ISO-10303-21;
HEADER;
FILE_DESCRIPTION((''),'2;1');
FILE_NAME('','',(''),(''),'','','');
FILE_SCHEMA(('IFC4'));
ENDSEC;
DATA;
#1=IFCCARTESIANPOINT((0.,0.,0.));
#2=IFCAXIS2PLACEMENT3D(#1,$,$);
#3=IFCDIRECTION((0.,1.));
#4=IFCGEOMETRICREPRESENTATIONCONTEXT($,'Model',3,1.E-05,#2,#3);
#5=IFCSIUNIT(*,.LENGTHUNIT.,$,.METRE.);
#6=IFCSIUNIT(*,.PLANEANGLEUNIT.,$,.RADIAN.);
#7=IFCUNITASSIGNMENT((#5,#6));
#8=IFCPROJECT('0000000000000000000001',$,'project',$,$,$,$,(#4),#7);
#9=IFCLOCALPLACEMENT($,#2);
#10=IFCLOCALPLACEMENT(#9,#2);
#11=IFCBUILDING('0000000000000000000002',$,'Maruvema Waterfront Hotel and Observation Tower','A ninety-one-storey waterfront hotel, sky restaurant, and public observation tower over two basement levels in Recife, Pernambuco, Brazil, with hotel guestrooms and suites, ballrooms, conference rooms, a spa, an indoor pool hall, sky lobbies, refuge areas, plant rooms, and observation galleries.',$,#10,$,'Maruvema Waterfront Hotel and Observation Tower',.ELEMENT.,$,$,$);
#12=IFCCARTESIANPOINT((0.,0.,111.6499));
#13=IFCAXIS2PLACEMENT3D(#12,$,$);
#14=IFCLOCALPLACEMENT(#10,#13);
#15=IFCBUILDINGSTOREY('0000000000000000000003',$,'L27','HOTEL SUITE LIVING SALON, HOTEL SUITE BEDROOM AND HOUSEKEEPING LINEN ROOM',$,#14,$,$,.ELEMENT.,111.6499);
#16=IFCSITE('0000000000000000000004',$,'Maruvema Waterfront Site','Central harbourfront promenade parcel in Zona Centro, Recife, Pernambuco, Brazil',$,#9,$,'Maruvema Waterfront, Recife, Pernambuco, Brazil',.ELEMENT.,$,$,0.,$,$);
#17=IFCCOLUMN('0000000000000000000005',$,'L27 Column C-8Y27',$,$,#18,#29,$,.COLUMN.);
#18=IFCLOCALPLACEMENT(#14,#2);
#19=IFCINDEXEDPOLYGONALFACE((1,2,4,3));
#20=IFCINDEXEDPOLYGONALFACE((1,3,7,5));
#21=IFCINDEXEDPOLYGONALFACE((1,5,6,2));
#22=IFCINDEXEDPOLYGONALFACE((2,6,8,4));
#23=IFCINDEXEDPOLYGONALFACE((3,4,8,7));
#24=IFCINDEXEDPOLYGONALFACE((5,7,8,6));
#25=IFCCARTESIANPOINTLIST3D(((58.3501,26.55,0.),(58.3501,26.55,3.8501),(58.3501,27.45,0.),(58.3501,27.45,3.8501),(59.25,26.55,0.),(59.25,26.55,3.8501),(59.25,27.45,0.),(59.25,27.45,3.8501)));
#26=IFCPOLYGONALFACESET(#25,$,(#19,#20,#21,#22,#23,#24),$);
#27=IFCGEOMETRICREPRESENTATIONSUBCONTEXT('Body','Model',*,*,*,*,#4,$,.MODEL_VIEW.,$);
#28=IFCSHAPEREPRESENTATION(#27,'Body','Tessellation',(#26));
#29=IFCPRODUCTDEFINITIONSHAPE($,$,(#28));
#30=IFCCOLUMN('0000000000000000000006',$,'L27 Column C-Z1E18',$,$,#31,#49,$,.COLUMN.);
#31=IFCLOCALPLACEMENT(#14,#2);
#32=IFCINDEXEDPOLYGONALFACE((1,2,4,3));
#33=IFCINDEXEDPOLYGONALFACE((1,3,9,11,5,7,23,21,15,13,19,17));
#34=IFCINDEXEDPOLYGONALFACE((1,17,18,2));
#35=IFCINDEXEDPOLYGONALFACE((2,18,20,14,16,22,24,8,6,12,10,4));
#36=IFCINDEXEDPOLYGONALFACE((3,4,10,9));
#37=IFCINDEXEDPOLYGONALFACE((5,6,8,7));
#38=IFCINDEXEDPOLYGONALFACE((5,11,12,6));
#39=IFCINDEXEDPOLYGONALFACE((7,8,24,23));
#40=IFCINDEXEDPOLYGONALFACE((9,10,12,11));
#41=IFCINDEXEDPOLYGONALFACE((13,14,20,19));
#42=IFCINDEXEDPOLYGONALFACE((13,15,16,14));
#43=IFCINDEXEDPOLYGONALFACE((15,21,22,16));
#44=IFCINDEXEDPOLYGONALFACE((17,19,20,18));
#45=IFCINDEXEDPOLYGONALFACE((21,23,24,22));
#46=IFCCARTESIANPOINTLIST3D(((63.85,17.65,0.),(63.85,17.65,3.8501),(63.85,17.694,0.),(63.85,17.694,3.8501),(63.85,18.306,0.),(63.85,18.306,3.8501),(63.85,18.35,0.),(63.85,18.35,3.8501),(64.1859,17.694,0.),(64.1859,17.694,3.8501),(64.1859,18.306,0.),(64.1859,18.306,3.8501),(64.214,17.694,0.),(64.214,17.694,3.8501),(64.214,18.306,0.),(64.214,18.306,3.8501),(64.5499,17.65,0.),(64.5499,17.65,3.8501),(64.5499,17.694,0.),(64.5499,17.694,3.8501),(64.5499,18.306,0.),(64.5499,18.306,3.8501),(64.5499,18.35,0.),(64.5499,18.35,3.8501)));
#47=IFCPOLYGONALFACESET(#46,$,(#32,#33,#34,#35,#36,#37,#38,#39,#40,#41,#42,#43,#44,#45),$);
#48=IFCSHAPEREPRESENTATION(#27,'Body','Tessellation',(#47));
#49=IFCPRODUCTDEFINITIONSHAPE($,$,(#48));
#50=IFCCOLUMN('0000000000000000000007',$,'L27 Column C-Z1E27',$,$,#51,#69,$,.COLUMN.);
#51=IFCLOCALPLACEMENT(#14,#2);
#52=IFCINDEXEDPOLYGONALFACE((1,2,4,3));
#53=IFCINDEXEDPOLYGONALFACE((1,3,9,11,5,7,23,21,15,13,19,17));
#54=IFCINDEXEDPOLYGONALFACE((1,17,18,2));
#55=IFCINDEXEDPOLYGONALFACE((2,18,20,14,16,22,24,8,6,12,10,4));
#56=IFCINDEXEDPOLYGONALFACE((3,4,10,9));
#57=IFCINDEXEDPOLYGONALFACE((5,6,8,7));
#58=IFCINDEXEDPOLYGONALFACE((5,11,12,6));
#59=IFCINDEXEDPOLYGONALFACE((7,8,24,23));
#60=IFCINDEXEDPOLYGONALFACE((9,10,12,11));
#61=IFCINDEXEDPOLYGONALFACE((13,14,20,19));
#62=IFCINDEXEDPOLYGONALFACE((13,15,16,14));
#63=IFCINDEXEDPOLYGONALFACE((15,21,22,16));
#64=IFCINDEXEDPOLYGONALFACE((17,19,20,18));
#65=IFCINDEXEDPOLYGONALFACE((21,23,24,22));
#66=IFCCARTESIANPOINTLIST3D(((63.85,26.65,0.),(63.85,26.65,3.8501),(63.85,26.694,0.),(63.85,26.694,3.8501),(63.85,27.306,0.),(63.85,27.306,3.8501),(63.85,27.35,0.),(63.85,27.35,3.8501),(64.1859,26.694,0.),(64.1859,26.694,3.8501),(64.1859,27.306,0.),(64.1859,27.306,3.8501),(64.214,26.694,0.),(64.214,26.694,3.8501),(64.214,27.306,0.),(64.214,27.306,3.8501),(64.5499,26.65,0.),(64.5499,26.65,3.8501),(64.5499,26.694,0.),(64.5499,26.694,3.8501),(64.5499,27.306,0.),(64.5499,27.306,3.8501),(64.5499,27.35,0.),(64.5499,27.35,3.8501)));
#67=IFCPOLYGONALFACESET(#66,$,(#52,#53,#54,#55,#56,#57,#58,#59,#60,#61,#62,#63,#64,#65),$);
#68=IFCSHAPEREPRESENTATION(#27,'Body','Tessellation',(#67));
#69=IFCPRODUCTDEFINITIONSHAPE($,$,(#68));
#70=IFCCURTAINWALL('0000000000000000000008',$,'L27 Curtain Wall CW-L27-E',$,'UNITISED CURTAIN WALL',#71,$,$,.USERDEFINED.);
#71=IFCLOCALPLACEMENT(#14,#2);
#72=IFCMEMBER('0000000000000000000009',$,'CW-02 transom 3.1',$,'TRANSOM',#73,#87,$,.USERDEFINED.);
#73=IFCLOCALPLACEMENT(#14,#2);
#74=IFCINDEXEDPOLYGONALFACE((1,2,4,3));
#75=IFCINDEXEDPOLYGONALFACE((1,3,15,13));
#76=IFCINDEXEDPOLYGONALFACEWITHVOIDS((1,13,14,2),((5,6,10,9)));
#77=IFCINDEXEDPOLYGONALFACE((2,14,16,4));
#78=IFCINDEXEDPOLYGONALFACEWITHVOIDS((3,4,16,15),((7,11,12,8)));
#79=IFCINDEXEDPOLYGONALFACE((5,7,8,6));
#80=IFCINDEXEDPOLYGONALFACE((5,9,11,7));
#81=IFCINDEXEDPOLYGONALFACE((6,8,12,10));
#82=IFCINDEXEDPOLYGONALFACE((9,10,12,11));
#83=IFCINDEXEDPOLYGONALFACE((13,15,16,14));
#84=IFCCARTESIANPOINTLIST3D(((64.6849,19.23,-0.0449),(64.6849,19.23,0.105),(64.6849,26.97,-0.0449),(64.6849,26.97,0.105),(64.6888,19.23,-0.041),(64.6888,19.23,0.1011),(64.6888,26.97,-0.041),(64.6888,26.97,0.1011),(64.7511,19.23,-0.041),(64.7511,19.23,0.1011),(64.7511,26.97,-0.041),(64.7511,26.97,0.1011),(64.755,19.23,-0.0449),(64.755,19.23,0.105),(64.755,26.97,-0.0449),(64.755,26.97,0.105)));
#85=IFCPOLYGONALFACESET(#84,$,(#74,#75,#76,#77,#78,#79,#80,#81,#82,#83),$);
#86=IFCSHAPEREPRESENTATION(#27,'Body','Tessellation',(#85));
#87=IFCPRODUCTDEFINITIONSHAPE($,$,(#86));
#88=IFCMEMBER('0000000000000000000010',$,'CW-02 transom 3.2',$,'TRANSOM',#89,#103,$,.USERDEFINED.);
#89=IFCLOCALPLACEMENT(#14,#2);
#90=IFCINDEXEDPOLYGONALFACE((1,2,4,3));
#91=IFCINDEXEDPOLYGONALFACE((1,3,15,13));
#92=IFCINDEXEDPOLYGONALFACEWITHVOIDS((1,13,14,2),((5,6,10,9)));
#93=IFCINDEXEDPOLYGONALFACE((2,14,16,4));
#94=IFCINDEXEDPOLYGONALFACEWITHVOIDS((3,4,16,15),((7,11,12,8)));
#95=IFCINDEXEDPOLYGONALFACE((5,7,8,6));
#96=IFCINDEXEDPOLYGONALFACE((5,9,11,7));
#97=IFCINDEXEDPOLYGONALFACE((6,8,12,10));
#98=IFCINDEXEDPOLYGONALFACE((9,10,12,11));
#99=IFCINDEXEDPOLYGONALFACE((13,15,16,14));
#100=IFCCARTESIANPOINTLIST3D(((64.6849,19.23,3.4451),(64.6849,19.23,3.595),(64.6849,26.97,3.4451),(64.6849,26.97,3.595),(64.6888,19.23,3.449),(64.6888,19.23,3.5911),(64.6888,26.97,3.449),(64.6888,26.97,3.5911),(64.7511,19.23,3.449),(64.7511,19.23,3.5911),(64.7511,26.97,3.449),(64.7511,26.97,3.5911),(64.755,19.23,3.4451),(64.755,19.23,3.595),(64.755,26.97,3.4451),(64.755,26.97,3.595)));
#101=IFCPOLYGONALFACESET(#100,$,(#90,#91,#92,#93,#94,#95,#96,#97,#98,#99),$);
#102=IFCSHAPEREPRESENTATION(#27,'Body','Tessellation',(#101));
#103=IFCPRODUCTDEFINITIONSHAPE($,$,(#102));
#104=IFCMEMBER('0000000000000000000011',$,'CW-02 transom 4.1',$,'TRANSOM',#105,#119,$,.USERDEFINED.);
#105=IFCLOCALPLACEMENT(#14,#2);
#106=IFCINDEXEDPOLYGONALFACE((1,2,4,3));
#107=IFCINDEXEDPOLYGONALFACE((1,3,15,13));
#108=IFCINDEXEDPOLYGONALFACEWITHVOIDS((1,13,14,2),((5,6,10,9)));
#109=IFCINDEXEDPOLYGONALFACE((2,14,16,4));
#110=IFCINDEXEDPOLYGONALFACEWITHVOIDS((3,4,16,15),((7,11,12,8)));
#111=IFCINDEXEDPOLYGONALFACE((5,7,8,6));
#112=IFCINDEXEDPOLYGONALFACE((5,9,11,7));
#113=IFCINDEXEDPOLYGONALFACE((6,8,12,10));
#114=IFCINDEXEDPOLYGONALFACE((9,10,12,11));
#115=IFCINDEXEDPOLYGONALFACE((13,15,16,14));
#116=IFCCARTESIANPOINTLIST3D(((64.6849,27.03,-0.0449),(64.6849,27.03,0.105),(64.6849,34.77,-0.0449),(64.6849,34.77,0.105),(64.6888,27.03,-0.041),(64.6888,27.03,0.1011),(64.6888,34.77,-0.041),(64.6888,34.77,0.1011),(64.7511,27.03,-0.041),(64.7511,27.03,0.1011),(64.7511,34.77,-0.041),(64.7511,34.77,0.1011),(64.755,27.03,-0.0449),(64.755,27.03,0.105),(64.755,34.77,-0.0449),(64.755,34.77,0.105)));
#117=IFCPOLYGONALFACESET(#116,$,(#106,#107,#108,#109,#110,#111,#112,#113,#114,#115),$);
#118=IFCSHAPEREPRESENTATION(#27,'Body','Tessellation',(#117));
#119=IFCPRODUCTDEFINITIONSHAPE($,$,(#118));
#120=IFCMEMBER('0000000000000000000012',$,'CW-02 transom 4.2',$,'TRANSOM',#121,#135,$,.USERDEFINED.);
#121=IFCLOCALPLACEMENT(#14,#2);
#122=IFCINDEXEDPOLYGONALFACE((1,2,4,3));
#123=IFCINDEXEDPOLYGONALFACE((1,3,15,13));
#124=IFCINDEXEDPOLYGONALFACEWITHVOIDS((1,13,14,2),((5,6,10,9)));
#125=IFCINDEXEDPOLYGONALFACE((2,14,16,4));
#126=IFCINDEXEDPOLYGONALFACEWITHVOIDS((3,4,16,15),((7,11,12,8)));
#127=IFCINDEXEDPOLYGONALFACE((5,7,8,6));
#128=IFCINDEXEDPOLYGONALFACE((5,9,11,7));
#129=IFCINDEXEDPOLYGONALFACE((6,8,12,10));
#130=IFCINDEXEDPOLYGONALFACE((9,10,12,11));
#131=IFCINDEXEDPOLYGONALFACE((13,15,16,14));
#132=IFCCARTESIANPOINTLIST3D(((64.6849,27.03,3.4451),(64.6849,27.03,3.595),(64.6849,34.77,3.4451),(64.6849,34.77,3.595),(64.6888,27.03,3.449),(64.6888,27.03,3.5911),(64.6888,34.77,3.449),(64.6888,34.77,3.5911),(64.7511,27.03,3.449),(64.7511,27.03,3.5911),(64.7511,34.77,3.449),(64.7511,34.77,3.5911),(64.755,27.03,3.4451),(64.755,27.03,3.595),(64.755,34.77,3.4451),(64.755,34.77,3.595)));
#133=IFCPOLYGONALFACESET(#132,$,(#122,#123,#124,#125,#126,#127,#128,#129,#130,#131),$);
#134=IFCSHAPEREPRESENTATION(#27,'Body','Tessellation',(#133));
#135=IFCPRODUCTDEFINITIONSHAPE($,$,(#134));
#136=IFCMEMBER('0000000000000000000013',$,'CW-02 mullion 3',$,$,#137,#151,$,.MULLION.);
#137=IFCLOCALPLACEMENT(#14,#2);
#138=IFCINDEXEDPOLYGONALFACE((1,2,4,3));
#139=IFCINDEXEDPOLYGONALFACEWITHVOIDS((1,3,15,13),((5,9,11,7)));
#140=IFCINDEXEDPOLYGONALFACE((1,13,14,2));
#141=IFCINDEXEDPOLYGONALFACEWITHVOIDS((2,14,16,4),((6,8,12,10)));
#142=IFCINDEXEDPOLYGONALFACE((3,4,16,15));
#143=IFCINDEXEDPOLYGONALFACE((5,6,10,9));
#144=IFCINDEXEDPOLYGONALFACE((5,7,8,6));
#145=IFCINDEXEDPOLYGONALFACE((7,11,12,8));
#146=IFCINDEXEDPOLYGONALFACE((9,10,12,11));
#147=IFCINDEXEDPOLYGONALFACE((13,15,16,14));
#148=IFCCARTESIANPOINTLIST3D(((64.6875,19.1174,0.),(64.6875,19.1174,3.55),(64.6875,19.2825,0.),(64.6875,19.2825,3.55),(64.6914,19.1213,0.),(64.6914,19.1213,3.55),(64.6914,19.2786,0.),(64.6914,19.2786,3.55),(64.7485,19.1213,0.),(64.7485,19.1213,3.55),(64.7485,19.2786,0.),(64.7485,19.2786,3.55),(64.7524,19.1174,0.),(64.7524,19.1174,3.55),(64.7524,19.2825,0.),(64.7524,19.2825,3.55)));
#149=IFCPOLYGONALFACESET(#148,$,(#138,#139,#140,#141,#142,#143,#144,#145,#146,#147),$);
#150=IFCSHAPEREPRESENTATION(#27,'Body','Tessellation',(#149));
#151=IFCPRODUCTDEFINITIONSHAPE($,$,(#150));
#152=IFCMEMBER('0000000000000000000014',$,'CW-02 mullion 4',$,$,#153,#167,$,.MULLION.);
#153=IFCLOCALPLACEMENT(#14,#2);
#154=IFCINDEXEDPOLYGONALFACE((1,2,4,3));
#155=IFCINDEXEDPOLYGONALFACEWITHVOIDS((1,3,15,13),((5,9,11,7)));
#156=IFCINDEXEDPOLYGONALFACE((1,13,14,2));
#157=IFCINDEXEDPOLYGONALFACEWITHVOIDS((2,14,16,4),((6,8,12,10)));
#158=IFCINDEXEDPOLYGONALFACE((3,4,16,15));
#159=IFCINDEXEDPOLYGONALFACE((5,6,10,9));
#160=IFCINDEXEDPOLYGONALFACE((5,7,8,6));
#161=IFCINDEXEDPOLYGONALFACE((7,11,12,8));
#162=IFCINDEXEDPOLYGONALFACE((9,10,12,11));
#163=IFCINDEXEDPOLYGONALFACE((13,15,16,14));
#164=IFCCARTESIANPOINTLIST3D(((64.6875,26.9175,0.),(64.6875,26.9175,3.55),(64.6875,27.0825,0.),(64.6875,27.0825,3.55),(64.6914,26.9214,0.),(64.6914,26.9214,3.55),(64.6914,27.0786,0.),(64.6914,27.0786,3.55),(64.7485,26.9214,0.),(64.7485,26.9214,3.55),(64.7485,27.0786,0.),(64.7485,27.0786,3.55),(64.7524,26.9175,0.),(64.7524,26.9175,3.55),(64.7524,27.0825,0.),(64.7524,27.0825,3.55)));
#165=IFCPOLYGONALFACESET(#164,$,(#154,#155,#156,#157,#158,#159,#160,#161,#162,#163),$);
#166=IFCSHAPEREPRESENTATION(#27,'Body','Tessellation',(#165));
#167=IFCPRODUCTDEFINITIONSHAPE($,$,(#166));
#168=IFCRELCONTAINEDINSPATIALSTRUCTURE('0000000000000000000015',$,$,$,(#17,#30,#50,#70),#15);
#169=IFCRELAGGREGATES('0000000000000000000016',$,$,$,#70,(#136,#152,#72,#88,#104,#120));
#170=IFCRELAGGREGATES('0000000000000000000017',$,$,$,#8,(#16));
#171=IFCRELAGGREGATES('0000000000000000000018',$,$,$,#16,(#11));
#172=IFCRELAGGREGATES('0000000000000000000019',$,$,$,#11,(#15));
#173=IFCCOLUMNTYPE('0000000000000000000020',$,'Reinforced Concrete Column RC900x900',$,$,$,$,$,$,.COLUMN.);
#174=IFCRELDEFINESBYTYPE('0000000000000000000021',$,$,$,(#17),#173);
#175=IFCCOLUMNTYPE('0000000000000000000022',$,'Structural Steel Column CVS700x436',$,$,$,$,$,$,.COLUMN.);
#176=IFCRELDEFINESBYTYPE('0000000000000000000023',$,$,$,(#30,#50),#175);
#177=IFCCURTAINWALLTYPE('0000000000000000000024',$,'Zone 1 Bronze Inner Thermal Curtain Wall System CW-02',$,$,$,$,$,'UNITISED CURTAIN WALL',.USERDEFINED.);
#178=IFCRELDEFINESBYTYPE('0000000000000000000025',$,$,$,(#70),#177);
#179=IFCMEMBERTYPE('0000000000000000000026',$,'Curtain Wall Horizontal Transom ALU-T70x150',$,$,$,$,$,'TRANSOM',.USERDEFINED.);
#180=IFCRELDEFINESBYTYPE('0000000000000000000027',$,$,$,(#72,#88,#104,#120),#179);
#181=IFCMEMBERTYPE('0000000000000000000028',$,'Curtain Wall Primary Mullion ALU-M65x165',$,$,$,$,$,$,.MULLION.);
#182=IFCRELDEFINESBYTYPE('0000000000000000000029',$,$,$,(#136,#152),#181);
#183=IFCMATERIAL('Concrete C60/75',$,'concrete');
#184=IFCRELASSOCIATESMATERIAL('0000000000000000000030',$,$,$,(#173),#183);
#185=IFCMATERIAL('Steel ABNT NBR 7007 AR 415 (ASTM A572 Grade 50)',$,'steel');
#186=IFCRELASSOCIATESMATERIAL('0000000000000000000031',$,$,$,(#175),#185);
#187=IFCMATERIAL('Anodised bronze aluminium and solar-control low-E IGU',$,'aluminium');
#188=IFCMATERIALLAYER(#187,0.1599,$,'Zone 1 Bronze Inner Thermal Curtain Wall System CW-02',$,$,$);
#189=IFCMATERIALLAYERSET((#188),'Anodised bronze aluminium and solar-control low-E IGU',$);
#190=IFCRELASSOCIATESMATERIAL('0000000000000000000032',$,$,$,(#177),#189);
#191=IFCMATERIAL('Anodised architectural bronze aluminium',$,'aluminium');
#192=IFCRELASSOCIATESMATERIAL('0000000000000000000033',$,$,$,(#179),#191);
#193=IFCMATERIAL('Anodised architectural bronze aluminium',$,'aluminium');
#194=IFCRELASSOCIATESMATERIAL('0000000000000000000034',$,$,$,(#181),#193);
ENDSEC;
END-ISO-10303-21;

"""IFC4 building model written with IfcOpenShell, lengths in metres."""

from ifc_helpers import new_model, si_unit, direction, frame, origin, origin_2d, place, context, subcontext, project, spatial, rectangle, hollow_rectangle, i_section, extrude, material, layer, layer_set, material_profile, profile_set, type_object, element, aggregate, save


model = new_model("IFC4")

# Units and contexts
model_context = context("Model", 3, precision=1e-05, world=origin(), true_north=direction((0.0, 1.0)))
body_context = subcontext(model_context, "Body", "Model", "MODEL_VIEW")
ifc_project = project(units=[si_unit("LENGTHUNIT", "METRE"), si_unit("PLANEANGLEUNIT", "RADIAN")], contexts=[model_context])

# Site, building, storey
site_placement = place(None, origin())
site = spatial("IfcSite", under=ifc_project, at=site_placement, Name="Maruvema Waterfront Site", Description="Central harbourfront promenade parcel in Zona Centro, Recife, Pernambuco, Brazil", LongName="Maruvema Waterfront, Recife, Pernambuco, Brazil", CompositionType="ELEMENT", RefElevation=0.0)
building_placement = place(site_placement, origin())
building = spatial("IfcBuilding", under=site, at=building_placement, Name="Maruvema Waterfront Hotel and Observation Tower", Description="A ninety-one-storey waterfront hotel, sky restaurant, and public observation tower over two basement levels in Recife, Pernambuco, Brazil, with hotel guestrooms and suites, ballrooms, conference rooms, a spa, an indoor pool hall, sky lobbies, refuge areas, plant rooms, and observation galleries.", LongName="Maruvema Waterfront Hotel and Observation Tower", CompositionType="ELEMENT")
storey_placement = place(building_placement, frame((0.0, 0.0, 111.6499)))
storey = spatial("IfcBuildingStorey", under=building, at=storey_placement, Name="L27", Description="HOTEL SUITE LIVING SALON, HOTEL SUITE BEDROOM AND HOUSEKEEPING LINEN ROOM", CompositionType="ELEMENT", Elevation=111.6499)

# Columns
ifc_material_1 = material(Name="Concrete C60/75", Category="concrete")
ifc_material_profile_1 = material_profile(ifc_material_1, rectangle(XDim=0.8999, YDim=0.8999, at=origin_2d()), Name="RC900x900")
ifc_profile_set_1 = profile_set([ifc_material_profile_1], Name="Concrete C60/75")
column_type_1 = type_object("IfcColumnType", Name="Reinforced Concrete Column RC900x900", PredefinedType="COLUMN", material=ifc_profile_set_1)
column_placement = place(storey_placement, frame((58.8, 27.0, 0.0), z_axis=(0.0, 0.0, 1.0), x_axis=(1.0, 0.0, 0.0)))
element("IfcColumn", 1, at=column_placement, inside=storey, type_object=column_type_1, Name="L27 Column C-8Y27", PredefinedType="COLUMN", context=body_context, shape_type="SweptSolid", body=[
    extrude(rectangle(XDim=0.8999, YDim=0.8999, at=origin_2d()), origin(), (0.0, 0.0, 1.0), 3.8501),
])
ifc_material_2 = material(Name="Steel ABNT NBR 7007 AR 415 (ASTM A572 Grade 50)", Category="steel")
ifc_material_profile_2 = material_profile(ifc_material_2, i_section(OverallWidth=0.7, OverallDepth=0.7, WebThickness=0.0281, FlangeThickness=0.0439, at=origin_2d()), Name="CVS700x436")
ifc_profile_set_2 = profile_set([ifc_material_profile_2], Name="Steel ABNT NBR 7007 AR 415 (ASTM A572 Grade 50)")
column_type_2 = type_object("IfcColumnType", Name="Structural Steel Column CVS700x436", PredefinedType="COLUMN", material=ifc_profile_set_2)
for number, where, z_axis, x_axis, name in (
    (2, (64.2, 18.0, 0.0), (0.0, 0.0, 1.0), (1.0, 0.0, 0.0), "L27 Column C-Z1E18"),
    (3, (64.2, 27.0, 0.0), (0.0, 0.0, 1.0), (1.0, 0.0, 0.0), "L27 Column C-Z1E27"),
):
    element("IfcColumn", number, at=place(storey_placement, frame(where, z_axis=z_axis, x_axis=x_axis)), inside=storey, type_object=column_type_2, Name=name, PredefinedType="COLUMN", context=body_context, shape_type="SweptSolid", body=[
        extrude(i_section(OverallWidth=0.7, OverallDepth=0.7, WebThickness=0.0281, FlangeThickness=0.0439, at=origin_2d()), origin(), (0.0, 0.0, 1.0), 3.8501),
    ])

# Curtain wall, members
ifc_material_3 = material(Name="Anodised bronze aluminium and solar-control low-E IGU", Category="aluminium")
ifc_layer_1 = layer(ifc_material_3, 0.1599, Name="Zone 1 Bronze Inner Thermal Curtain Wall System CW-02")
ifc_layer_set_1 = layer_set([ifc_layer_1], Name="Anodised bronze aluminium and solar-control low-E IGU")
curtain_wall_type = type_object("IfcCurtainWallType", Name="Zone 1 Bronze Inner Thermal Curtain Wall System CW-02", ElementType="UNITISED CURTAIN WALL", PredefinedType="USERDEFINED", material=ifc_layer_set_1)
curtain_wall_placement = place(storey_placement, origin())
curtain_wall = element("IfcCurtainWall", 4, at=curtain_wall_placement, inside=storey, type_object=curtain_wall_type, Name="L27 Curtain Wall CW-L27-E", ObjectType="UNITISED CURTAIN WALL", PredefinedType="USERDEFINED")
ifc_material_4 = material(Name="Anodised architectural bronze aluminium", Category="aluminium")
ifc_material_profile_3 = material_profile(ifc_material_4, hollow_rectangle(XDim=0.0701, YDim=0.1499, WallThickness=0.0039, at=origin_2d()), Name="ALU-T70x150")
ifc_profile_set_3 = profile_set([ifc_material_profile_3], Name="Anodised architectural bronze aluminium")
member_type_1 = type_object("IfcMemberType", Name="Curtain Wall Horizontal Transom ALU-T70x150", ElementType="TRANSOM", PredefinedType="USERDEFINED", material=ifc_profile_set_3)
member_1_placement = place(storey_placement, frame((64.72, 19.23, 0.03), z_axis=(0.0, 1.0, 0.0), x_axis=(-1.0, 0.0, 0.0)))
member_1 = element("IfcMember", 5, at=member_1_placement, type_object=member_type_1, Name="CW-02 transom 3.1", ObjectType="TRANSOM", PredefinedType="USERDEFINED", context=body_context, shape_type="SweptSolid", body=[
    extrude(hollow_rectangle(XDim=0.0701, YDim=0.1499, WallThickness=0.0039, at=origin_2d()), origin(), (0.0, 0.0, 1.0), 7.74),
])
member_2_placement = place(storey_placement, frame((64.72, 19.23, 3.52), z_axis=(0.0, 1.0, 0.0), x_axis=(-1.0, 0.0, 0.0)))
member_2 = element("IfcMember", 6, at=member_2_placement, type_object=member_type_1, Name="CW-02 transom 3.2", ObjectType="TRANSOM", PredefinedType="USERDEFINED", context=body_context, shape_type="SweptSolid", body=[
    extrude(hollow_rectangle(XDim=0.0701, YDim=0.1499, WallThickness=0.0039, at=origin_2d()), origin(), (0.0, 0.0, 1.0), 7.74),
])
member_3_placement = place(storey_placement, frame((64.72, 27.03, 0.03), z_axis=(0.0, 1.0, 0.0), x_axis=(-1.0, 0.0, 0.0)))
member_3 = element("IfcMember", 7, at=member_3_placement, type_object=member_type_1, Name="CW-02 transom 4.1", ObjectType="TRANSOM", PredefinedType="USERDEFINED", context=body_context, shape_type="SweptSolid", body=[
    extrude(hollow_rectangle(XDim=0.0701, YDim=0.1499, WallThickness=0.0039, at=origin_2d()), origin(), (0.0, 0.0, 1.0), 7.74),
])
member_4_placement = place(storey_placement, frame((64.72, 27.03, 3.52), z_axis=(0.0, 1.0, 0.0), x_axis=(-1.0, 0.0, 0.0)))
member_4 = element("IfcMember", 8, at=member_4_placement, type_object=member_type_1, Name="CW-02 transom 4.2", ObjectType="TRANSOM", PredefinedType="USERDEFINED", context=body_context, shape_type="SweptSolid", body=[
    extrude(hollow_rectangle(XDim=0.0701, YDim=0.1499, WallThickness=0.0039, at=origin_2d()), origin(), (0.0, 0.0, 1.0), 7.74),
])
ifc_material_5 = material(Name="Anodised architectural bronze aluminium", Category="aluminium")
ifc_material_profile_4 = material_profile(ifc_material_5, hollow_rectangle(XDim=0.0649, YDim=0.165, WallThickness=0.0039, at=origin_2d()), Name="ALU-M65x165")
ifc_profile_set_4 = profile_set([ifc_material_profile_4], Name="Anodised architectural bronze aluminium")
member_type_2 = type_object("IfcMemberType", Name="Curtain Wall Primary Mullion ALU-M65x165", PredefinedType="MULLION", material=ifc_profile_set_4)
member_5_placement = place(storey_placement, frame((64.72, 19.2, 0.0), z_axis=(0.0, 0.0, 1.0), x_axis=(-1.0, 0.0, 0.0)))
member_5 = element("IfcMember", 9, at=member_5_placement, type_object=member_type_2, Name="CW-02 mullion 3", PredefinedType="MULLION", context=body_context, shape_type="SweptSolid", body=[
    extrude(hollow_rectangle(XDim=0.0649, YDim=0.165, WallThickness=0.0039, at=origin_2d()), origin(), (0.0, 0.0, 1.0), 3.55),
])
member_6_placement = place(storey_placement, frame((64.72, 27.0, 0.0), z_axis=(0.0, 0.0, 1.0), x_axis=(-1.0, 0.0, 0.0)))
member_6 = element("IfcMember", 10, at=member_6_placement, type_object=member_type_2, Name="CW-02 mullion 4", PredefinedType="MULLION", context=body_context, shape_type="SweptSolid", body=[
    extrude(hollow_rectangle(XDim=0.0649, YDim=0.165, WallThickness=0.0039, at=origin_2d()), origin(), (0.0, 0.0, 1.0), 3.55),
])

aggregate(curtain_wall, [member_5, member_6, member_1, member_2, member_3, member_4])

save(model, "model.ifc")
